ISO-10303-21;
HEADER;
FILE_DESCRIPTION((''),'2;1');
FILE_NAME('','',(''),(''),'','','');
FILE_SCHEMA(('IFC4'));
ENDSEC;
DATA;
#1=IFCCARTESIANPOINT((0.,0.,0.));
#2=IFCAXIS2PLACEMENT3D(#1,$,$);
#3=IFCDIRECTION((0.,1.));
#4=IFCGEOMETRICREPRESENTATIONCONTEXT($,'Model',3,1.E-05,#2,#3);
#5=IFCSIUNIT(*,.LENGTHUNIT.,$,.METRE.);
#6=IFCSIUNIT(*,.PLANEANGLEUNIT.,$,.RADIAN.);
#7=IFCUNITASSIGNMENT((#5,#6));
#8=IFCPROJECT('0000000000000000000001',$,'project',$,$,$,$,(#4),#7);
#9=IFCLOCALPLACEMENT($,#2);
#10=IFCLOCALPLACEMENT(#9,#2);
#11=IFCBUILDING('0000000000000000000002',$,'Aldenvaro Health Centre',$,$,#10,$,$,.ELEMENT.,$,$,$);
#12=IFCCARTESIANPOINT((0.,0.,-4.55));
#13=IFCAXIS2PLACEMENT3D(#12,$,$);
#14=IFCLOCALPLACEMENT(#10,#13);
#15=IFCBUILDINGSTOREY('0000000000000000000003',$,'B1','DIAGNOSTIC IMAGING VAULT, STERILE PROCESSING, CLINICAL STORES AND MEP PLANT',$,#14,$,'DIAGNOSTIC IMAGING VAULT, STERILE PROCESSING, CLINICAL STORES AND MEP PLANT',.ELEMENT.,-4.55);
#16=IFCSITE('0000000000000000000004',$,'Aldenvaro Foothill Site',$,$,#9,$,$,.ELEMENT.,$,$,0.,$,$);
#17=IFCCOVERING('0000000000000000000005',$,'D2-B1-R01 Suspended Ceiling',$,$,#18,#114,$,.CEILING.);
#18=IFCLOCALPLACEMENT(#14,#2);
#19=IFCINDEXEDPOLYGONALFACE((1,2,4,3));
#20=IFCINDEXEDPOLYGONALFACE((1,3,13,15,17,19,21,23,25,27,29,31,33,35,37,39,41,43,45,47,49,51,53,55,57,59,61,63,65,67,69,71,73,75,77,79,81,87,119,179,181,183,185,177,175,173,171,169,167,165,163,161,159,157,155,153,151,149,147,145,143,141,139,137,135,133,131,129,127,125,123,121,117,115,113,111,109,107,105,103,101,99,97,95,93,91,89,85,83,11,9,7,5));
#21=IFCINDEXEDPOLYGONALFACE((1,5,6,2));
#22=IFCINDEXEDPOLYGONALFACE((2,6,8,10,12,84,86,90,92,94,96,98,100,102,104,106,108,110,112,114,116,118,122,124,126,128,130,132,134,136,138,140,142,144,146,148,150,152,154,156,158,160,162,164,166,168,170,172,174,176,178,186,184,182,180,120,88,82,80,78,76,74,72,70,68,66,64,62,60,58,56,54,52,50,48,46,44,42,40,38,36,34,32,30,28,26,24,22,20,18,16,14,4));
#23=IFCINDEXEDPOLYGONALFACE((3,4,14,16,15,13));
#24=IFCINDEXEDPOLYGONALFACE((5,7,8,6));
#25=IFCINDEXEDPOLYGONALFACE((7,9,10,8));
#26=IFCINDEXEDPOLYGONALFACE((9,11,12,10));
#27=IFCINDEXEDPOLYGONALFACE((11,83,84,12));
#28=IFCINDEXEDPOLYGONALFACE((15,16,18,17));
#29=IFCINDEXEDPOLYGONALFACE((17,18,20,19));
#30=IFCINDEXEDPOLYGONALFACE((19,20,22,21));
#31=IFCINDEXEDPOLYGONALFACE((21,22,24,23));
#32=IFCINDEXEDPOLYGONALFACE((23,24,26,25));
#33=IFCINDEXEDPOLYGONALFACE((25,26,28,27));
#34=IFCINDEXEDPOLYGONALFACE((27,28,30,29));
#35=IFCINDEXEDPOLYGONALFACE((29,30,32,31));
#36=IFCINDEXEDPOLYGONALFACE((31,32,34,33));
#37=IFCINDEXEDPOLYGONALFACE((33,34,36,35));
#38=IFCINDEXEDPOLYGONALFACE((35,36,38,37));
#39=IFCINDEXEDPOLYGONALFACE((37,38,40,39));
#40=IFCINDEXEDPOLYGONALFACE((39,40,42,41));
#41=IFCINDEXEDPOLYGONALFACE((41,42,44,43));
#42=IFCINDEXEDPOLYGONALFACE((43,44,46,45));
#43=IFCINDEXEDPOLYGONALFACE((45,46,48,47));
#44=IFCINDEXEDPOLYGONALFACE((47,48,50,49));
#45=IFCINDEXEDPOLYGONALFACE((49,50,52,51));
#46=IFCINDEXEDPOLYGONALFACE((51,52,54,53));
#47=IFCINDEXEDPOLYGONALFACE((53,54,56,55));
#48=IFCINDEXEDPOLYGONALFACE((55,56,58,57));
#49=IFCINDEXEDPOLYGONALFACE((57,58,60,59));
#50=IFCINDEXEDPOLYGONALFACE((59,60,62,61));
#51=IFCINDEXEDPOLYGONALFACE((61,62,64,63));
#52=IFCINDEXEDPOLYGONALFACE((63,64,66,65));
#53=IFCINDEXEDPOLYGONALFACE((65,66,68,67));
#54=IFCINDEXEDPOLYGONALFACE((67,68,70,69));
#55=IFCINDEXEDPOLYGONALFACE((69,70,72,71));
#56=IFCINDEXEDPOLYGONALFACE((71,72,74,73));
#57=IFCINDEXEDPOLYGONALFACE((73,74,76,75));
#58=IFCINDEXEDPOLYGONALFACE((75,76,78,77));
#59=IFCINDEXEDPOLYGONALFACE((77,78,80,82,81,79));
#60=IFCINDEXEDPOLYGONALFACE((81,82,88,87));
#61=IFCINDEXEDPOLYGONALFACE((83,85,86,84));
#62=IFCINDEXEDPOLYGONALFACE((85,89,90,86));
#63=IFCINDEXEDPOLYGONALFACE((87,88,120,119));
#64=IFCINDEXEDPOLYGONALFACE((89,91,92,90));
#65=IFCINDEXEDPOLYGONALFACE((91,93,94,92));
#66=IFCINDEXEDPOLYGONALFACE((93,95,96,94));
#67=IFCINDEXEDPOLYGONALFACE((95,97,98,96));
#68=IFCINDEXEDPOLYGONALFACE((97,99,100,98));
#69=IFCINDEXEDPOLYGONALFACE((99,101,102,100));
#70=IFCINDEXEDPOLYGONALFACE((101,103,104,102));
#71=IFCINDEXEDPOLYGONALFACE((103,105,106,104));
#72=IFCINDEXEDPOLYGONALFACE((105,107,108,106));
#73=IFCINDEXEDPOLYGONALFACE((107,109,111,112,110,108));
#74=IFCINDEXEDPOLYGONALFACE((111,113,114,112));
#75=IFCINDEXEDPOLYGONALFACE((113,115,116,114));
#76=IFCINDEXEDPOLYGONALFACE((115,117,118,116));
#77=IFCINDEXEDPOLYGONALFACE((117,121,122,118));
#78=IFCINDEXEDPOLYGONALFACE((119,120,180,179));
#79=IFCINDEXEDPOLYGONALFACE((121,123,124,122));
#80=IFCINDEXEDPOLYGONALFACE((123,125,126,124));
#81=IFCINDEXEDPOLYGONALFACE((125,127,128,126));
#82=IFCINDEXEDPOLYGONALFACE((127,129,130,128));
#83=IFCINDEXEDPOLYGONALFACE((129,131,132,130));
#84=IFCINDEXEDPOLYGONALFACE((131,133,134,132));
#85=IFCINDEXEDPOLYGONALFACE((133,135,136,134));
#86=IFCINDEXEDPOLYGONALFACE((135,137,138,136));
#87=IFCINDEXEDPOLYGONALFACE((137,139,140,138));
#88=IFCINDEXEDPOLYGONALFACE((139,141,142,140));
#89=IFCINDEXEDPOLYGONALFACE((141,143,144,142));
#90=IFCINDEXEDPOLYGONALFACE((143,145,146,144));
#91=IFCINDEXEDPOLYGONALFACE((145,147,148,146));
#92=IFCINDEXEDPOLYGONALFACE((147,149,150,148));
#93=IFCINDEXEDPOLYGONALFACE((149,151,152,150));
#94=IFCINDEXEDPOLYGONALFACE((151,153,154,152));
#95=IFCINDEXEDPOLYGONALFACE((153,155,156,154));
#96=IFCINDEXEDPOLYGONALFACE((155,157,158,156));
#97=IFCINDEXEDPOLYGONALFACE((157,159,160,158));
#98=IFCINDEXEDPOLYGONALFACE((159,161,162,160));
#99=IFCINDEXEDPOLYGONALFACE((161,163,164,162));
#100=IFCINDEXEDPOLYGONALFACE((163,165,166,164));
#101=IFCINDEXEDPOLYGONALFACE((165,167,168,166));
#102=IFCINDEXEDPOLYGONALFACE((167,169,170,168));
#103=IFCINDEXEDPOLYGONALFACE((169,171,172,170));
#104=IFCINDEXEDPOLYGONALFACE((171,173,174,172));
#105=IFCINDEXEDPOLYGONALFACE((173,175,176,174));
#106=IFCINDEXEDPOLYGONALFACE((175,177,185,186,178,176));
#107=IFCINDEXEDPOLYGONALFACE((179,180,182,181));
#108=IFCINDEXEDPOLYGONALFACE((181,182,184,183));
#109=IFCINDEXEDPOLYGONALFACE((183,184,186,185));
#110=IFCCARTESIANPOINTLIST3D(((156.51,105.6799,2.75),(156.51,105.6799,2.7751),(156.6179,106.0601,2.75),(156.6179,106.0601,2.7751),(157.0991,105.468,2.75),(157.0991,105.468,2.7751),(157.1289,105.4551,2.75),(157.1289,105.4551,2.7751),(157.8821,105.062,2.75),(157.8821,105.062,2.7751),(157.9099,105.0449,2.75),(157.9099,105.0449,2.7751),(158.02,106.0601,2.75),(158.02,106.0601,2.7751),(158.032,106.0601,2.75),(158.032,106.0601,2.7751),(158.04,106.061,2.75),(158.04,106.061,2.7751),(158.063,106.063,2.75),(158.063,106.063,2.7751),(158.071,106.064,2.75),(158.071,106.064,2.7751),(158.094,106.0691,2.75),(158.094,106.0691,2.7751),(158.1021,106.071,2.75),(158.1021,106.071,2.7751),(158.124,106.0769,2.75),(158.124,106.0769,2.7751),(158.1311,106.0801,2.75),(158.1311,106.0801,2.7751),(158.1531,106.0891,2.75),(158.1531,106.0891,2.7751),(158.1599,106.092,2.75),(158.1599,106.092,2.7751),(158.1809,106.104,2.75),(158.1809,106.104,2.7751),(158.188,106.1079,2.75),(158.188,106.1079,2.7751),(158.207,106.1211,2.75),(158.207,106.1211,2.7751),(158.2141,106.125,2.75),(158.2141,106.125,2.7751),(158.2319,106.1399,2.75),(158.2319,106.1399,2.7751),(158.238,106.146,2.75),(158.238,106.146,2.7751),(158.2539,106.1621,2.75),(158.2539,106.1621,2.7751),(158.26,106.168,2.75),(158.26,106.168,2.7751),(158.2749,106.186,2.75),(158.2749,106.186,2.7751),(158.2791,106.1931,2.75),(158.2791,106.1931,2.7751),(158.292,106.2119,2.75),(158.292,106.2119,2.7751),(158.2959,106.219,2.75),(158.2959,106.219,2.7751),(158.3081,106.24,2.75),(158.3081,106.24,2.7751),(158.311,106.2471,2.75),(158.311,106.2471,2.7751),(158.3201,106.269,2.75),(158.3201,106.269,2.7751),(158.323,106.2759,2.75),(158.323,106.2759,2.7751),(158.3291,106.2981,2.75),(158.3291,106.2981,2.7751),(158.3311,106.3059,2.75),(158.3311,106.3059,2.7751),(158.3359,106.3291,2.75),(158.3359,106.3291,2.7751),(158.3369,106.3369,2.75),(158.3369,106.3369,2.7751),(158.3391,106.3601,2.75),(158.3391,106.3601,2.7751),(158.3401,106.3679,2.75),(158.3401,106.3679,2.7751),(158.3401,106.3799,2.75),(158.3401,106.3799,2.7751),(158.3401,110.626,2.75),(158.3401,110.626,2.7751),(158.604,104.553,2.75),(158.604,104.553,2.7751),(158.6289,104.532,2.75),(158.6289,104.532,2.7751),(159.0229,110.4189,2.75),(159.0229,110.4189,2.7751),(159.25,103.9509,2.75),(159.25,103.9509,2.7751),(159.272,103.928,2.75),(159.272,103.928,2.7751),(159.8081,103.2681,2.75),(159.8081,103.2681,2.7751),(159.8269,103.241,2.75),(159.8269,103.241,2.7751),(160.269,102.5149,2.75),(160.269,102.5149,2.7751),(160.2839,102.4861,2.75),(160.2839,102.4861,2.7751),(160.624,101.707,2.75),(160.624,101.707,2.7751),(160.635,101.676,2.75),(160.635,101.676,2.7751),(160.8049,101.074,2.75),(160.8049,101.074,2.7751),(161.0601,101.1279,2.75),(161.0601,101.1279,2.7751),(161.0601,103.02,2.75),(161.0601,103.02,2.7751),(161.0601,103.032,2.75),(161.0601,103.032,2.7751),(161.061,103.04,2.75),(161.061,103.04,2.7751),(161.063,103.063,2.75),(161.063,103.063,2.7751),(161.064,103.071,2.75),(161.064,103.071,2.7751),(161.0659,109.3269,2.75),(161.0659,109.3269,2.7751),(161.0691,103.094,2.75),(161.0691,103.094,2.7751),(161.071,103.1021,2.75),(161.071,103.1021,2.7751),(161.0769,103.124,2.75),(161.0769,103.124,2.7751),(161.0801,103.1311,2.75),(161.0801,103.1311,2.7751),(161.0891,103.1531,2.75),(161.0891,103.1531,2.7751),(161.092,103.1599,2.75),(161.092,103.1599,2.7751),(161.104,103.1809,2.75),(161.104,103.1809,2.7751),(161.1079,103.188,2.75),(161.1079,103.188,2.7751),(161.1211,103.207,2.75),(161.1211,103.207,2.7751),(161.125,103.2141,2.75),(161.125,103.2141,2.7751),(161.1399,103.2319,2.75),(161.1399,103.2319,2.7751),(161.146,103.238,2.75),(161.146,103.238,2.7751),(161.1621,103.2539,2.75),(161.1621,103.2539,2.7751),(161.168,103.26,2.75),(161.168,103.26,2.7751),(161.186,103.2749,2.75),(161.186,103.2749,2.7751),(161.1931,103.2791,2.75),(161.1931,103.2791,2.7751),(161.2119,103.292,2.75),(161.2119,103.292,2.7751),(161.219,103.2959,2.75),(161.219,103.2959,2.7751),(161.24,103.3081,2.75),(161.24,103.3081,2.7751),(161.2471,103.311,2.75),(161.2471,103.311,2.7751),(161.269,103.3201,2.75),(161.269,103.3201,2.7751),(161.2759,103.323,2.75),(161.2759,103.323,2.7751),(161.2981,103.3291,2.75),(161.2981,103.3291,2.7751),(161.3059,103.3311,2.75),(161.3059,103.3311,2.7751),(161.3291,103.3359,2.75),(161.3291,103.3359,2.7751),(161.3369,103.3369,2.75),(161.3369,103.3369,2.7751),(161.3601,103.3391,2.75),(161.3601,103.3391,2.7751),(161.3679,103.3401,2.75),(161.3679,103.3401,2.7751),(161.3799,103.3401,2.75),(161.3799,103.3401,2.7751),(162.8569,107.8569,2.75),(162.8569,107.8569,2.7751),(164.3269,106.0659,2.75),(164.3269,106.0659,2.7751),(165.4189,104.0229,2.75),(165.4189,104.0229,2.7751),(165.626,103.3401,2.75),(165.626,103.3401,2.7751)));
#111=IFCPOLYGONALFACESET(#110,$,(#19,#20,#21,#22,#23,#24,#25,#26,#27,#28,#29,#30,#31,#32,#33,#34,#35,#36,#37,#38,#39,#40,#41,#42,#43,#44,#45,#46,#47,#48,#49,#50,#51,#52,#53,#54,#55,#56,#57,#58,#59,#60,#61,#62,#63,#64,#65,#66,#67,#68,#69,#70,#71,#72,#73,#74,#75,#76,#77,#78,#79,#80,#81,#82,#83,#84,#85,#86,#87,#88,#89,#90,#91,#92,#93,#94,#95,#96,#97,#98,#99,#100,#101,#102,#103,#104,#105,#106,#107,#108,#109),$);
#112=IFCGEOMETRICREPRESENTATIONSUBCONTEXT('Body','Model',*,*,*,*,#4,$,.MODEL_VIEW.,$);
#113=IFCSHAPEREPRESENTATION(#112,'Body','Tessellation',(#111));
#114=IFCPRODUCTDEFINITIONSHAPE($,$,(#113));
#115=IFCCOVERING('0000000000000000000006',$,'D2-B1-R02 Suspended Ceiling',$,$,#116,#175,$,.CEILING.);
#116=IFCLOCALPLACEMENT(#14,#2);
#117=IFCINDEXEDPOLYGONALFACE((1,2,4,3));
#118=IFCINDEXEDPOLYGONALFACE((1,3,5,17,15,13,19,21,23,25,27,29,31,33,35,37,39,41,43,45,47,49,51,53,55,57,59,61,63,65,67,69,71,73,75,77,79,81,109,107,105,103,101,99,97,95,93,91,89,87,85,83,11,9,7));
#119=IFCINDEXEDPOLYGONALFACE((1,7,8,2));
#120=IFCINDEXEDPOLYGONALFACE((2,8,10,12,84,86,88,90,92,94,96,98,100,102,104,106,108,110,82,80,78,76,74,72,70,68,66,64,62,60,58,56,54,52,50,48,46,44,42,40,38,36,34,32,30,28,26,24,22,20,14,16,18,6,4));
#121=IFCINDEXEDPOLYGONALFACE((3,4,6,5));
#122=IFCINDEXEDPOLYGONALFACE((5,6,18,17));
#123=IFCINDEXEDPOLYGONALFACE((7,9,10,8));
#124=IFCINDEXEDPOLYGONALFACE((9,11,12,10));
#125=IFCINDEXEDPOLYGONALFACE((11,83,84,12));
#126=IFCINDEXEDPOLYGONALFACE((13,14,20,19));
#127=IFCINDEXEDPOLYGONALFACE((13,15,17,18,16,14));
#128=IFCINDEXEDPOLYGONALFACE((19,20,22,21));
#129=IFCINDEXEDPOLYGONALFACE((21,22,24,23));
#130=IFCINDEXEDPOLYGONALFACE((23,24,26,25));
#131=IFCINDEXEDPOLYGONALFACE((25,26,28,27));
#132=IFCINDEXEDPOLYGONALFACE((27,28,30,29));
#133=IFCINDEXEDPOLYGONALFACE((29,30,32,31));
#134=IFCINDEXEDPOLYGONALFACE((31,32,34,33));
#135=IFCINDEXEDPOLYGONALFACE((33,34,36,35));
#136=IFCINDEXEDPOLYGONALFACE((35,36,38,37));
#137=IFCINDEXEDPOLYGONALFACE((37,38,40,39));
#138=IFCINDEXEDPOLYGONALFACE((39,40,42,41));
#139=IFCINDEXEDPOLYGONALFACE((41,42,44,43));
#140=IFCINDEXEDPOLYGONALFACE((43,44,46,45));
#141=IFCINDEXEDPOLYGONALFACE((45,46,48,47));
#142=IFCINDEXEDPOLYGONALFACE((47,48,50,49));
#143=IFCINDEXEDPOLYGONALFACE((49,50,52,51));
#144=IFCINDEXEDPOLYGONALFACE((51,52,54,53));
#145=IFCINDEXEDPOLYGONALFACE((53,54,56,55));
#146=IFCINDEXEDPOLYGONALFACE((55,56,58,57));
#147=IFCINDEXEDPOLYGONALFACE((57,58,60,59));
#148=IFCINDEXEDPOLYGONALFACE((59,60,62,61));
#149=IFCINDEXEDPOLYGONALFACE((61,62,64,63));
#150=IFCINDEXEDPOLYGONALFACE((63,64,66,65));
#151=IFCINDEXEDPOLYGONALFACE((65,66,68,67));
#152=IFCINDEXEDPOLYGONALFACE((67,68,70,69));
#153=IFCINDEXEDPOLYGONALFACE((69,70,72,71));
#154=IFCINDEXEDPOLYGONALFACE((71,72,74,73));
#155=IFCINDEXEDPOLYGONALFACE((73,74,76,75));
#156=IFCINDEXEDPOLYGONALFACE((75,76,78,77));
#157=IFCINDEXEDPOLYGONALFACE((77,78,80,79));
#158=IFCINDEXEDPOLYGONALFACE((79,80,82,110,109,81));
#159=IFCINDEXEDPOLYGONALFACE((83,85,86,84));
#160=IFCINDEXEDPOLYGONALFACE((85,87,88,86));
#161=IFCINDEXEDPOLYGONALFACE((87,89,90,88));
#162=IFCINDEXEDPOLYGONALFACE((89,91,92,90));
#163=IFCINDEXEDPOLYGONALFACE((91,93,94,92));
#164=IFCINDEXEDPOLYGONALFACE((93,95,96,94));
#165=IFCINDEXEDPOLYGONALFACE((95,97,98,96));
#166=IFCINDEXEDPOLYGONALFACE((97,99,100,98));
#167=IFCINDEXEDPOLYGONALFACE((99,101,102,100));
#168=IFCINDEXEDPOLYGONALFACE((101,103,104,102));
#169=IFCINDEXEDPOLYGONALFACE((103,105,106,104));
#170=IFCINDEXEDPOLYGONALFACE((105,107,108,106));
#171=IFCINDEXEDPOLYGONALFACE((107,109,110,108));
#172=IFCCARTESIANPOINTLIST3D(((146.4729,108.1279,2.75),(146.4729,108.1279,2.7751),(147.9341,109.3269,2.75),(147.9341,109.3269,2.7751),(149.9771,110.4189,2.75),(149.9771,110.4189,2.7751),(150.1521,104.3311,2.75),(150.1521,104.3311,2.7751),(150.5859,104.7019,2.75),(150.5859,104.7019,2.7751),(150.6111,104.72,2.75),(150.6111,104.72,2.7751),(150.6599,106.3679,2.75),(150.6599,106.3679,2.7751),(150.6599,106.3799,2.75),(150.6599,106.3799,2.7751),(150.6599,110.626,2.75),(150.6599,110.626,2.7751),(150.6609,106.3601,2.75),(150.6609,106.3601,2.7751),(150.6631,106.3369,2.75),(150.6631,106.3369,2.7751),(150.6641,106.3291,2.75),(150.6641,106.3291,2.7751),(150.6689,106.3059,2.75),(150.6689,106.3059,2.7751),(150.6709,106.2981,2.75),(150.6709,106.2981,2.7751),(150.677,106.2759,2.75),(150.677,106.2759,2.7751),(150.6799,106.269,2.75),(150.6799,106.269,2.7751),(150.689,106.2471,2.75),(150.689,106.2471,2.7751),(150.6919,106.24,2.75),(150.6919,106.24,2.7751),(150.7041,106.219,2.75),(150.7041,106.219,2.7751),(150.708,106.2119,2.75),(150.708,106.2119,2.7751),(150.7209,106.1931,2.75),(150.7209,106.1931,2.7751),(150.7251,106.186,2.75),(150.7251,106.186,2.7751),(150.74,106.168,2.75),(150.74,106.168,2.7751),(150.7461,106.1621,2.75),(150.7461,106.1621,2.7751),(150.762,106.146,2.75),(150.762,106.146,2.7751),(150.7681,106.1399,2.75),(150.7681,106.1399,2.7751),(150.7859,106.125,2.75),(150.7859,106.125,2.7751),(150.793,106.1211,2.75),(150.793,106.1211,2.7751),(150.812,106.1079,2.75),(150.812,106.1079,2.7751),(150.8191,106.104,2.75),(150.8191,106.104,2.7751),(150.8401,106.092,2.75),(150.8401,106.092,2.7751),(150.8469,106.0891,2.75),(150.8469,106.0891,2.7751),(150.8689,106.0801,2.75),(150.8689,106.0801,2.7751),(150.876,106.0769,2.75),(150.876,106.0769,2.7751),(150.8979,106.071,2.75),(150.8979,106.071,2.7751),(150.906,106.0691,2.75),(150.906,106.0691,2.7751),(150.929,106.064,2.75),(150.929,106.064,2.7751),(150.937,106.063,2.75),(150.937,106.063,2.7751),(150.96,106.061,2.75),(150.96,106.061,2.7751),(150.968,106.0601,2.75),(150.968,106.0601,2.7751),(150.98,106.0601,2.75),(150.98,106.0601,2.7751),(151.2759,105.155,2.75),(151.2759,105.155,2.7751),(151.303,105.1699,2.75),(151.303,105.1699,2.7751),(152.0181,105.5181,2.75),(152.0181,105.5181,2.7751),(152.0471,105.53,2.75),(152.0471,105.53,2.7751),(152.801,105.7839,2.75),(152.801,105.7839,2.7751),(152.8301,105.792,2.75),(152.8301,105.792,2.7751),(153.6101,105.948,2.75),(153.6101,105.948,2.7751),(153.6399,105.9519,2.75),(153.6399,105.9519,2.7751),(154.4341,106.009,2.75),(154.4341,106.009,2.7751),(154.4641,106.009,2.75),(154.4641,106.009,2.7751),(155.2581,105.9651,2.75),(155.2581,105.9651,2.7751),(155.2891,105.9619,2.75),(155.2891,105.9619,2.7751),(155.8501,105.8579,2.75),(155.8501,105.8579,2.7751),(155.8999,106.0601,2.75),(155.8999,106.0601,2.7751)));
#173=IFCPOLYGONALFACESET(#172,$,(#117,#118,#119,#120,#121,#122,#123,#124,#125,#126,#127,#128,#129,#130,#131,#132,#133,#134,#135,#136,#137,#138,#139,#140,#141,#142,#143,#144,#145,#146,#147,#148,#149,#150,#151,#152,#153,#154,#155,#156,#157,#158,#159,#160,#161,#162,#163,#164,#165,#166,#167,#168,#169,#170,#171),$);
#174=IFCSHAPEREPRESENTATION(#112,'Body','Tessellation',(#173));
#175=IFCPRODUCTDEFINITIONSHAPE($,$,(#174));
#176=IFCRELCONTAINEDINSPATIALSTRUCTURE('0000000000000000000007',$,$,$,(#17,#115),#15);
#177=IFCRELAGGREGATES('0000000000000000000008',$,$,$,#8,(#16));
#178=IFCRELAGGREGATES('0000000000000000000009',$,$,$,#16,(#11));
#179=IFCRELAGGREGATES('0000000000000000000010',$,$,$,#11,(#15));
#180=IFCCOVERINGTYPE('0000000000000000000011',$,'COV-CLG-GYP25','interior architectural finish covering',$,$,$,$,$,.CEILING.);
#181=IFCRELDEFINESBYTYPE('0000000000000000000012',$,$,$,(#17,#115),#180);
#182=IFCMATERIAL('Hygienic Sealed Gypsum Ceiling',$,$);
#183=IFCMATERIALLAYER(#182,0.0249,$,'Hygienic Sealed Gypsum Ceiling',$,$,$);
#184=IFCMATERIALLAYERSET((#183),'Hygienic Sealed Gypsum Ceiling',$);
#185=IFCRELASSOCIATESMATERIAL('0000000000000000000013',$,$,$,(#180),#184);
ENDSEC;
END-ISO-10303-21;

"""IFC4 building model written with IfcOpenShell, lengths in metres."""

from ifc_helpers import new_model, si_unit, direction, frame, origin, place, context, subcontext, project, spatial, polyline, outline, extrude, material, layer, layer_set, type_object, element, save


model = new_model("IFC4")

# Units and contexts
model_context = context("Model", 3, precision=1e-05, world=origin(), true_north=direction((0.0, 1.0)))
body_context = subcontext(model_context, "Body", "Model", "MODEL_VIEW")
ifc_project = project(units=[si_unit("LENGTHUNIT", "METRE"), si_unit("PLANEANGLEUNIT", "RADIAN")], contexts=[model_context])

# Site, building, storey
site_placement = place(None, origin())
site = spatial("IfcSite", under=ifc_project, at=site_placement, Name="Aldenvaro Foothill Site", CompositionType="ELEMENT", RefElevation=0.0)
building_placement = place(site_placement, origin())
building = spatial("IfcBuilding", under=site, at=building_placement, Name="Aldenvaro Health Centre", CompositionType="ELEMENT")
storey_placement = place(building_placement, frame((0.0, 0.0, -4.55)))
storey = spatial("IfcBuildingStorey", under=building, at=storey_placement, Name="B1", Description="DIAGNOSTIC IMAGING VAULT, STERILE PROCESSING, CLINICAL STORES AND MEP PLANT", LongName="DIAGNOSTIC IMAGING VAULT, STERILE PROCESSING, CLINICAL STORES AND MEP PLANT", CompositionType="ELEMENT", Elevation=-4.55)

# Coverings
ifc_material_1 = material(Name="Hygienic Sealed Gypsum Ceiling")
ifc_layer_1 = layer(ifc_material_1, 0.0249, Name="Hygienic Sealed Gypsum Ceiling")
ifc_layer_set_1 = layer_set([ifc_layer_1], Name="Hygienic Sealed Gypsum Ceiling")
covering_type_1 = type_object("IfcCoveringType", Name="COV-CLG-GYP25", Description="interior architectural finish covering", PredefinedType="CEILING", material=ifc_layer_set_1)
covering_1_placement = place(storey_placement, frame((0.0, 0.0, 2.75)))
element("IfcCovering", 1, at=covering_1_placement, inside=storey, type_object=covering_type_1, Name="D2-B1-R01 Suspended Ceiling", PredefinedType="CEILING", context=body_context, shape_type="SweptSolid", body=[
    extrude(outline(polyline([(160.635, 101.676), (160.624, 101.707), (160.2839, 102.4861), (160.269, 102.5149), (159.8269, 103.241), (159.8081, 103.2681), (159.272, 103.928), (159.25, 103.9509), (158.6289, 104.532), (158.604, 104.553), (157.9099, 105.0449), (157.8821, 105.062), (157.1289, 105.4551), (157.0991, 105.468), (156.51, 105.6799), (156.6179, 106.0601), (158.02, 106.0601), (158.032, 106.0601), (158.04, 106.061), (158.063, 106.063), (158.071, 106.064), (158.094, 106.0691), (158.1021, 106.071), (158.124, 106.0769), (158.1311, 106.0801), (158.1531, 106.0891), (158.1599, 106.092), (158.1809, 106.104), (158.188, 106.1079), (158.207, 106.1211), (158.2141, 106.125), (158.2319, 106.1399), (158.238, 106.146), (158.2539, 106.1621), (158.26, 106.168), (158.2749, 106.186), (158.2791, 106.1931), (158.292, 106.2119), (158.2959, 106.219), (158.3081, 106.24), (158.311, 106.2471), (158.3201, 106.269), (158.323, 106.2759), (158.3291, 106.2981), (158.3311, 106.3059), (158.3359, 106.3291), (158.3369, 106.3369), (158.3391, 106.3601), (158.3401, 106.3679), (158.3401, 106.3799), (158.3401, 110.626), (159.0229, 110.4189), (161.0659, 109.3269), (162.8569, 107.8569), (164.3269, 106.0659), (165.4189, 104.0229), (165.626, 103.3401), (161.3799, 103.3401), (161.3679, 103.3401), (161.3601, 103.3391), (161.3369, 103.3369), (161.3291, 103.3359), (161.3059, 103.3311), (161.2981, 103.3291), (161.2759, 103.323), (161.269, 103.3201), (161.2471, 103.311), (161.24, 103.3081), (161.219, 103.2959), (161.2119, 103.292), (161.1931, 103.2791), (161.186, 103.2749), (161.168, 103.26), (161.1621, 103.2539), (161.146, 103.238), (161.1399, 103.2319), (161.125, 103.2141), (161.1211, 103.207), (161.1079, 103.188), (161.104, 103.1809), (161.092, 103.1599), (161.0891, 103.1531), (161.0801, 103.1311), (161.0769, 103.124), (161.071, 103.1021), (161.0691, 103.094), (161.064, 103.071), (161.063, 103.063), (161.061, 103.04), (161.0601, 103.032), (161.0601, 103.02), (161.0601, 101.1279), (160.8049, 101.074), (160.635, 101.676)])), origin(), (0.0, 0.0, 1.0), 0.0251),
])
covering_2_placement = place(storey_placement, frame((0.0, 0.0, 2.75)))
element("IfcCovering", 2, at=covering_2_placement, inside=storey, type_object=covering_type_1, Name="D2-B1-R02 Suspended Ceiling", PredefinedType="CEILING", context=body_context, shape_type="SweptSolid", body=[
    extrude(outline(polyline([(155.2891, 105.9619), (155.2581, 105.9651), (154.4641, 106.009), (154.4341, 106.009), (153.6399, 105.9519), (153.6101, 105.948), (152.8301, 105.792), (152.801, 105.7839), (152.0471, 105.53), (152.0181, 105.5181), (151.303, 105.1699), (151.2759, 105.155), (150.6111, 104.72), (150.5859, 104.7019), (150.1521, 104.3311), (146.4729, 108.1279), (147.9341, 109.3269), (149.9771, 110.4189), (150.6599, 110.626), (150.6599, 106.3799), (150.6599, 106.3679), (150.6609, 106.3601), (150.6631, 106.3369), (150.6641, 106.3291), (150.6689, 106.3059), (150.6709, 106.2981), (150.677, 106.2759), (150.6799, 106.269), (150.689, 106.2471), (150.6919, 106.24), (150.7041, 106.219), (150.708, 106.2119), (150.7209, 106.1931), (150.7251, 106.186), (150.74, 106.168), (150.7461, 106.1621), (150.762, 106.146), (150.7681, 106.1399), (150.7859, 106.125), (150.793, 106.1211), (150.812, 106.1079), (150.8191, 106.104), (150.8401, 106.092), (150.8469, 106.0891), (150.8689, 106.0801), (150.876, 106.0769), (150.8979, 106.071), (150.906, 106.0691), (150.929, 106.064), (150.937, 106.063), (150.96, 106.061), (150.968, 106.0601), (150.98, 106.0601), (155.8999, 106.0601), (155.8501, 105.8579), (155.2891, 105.9619)])), origin(), (0.0, 0.0, 1.0), 0.0251),
])

save(model, "model.ifc")
